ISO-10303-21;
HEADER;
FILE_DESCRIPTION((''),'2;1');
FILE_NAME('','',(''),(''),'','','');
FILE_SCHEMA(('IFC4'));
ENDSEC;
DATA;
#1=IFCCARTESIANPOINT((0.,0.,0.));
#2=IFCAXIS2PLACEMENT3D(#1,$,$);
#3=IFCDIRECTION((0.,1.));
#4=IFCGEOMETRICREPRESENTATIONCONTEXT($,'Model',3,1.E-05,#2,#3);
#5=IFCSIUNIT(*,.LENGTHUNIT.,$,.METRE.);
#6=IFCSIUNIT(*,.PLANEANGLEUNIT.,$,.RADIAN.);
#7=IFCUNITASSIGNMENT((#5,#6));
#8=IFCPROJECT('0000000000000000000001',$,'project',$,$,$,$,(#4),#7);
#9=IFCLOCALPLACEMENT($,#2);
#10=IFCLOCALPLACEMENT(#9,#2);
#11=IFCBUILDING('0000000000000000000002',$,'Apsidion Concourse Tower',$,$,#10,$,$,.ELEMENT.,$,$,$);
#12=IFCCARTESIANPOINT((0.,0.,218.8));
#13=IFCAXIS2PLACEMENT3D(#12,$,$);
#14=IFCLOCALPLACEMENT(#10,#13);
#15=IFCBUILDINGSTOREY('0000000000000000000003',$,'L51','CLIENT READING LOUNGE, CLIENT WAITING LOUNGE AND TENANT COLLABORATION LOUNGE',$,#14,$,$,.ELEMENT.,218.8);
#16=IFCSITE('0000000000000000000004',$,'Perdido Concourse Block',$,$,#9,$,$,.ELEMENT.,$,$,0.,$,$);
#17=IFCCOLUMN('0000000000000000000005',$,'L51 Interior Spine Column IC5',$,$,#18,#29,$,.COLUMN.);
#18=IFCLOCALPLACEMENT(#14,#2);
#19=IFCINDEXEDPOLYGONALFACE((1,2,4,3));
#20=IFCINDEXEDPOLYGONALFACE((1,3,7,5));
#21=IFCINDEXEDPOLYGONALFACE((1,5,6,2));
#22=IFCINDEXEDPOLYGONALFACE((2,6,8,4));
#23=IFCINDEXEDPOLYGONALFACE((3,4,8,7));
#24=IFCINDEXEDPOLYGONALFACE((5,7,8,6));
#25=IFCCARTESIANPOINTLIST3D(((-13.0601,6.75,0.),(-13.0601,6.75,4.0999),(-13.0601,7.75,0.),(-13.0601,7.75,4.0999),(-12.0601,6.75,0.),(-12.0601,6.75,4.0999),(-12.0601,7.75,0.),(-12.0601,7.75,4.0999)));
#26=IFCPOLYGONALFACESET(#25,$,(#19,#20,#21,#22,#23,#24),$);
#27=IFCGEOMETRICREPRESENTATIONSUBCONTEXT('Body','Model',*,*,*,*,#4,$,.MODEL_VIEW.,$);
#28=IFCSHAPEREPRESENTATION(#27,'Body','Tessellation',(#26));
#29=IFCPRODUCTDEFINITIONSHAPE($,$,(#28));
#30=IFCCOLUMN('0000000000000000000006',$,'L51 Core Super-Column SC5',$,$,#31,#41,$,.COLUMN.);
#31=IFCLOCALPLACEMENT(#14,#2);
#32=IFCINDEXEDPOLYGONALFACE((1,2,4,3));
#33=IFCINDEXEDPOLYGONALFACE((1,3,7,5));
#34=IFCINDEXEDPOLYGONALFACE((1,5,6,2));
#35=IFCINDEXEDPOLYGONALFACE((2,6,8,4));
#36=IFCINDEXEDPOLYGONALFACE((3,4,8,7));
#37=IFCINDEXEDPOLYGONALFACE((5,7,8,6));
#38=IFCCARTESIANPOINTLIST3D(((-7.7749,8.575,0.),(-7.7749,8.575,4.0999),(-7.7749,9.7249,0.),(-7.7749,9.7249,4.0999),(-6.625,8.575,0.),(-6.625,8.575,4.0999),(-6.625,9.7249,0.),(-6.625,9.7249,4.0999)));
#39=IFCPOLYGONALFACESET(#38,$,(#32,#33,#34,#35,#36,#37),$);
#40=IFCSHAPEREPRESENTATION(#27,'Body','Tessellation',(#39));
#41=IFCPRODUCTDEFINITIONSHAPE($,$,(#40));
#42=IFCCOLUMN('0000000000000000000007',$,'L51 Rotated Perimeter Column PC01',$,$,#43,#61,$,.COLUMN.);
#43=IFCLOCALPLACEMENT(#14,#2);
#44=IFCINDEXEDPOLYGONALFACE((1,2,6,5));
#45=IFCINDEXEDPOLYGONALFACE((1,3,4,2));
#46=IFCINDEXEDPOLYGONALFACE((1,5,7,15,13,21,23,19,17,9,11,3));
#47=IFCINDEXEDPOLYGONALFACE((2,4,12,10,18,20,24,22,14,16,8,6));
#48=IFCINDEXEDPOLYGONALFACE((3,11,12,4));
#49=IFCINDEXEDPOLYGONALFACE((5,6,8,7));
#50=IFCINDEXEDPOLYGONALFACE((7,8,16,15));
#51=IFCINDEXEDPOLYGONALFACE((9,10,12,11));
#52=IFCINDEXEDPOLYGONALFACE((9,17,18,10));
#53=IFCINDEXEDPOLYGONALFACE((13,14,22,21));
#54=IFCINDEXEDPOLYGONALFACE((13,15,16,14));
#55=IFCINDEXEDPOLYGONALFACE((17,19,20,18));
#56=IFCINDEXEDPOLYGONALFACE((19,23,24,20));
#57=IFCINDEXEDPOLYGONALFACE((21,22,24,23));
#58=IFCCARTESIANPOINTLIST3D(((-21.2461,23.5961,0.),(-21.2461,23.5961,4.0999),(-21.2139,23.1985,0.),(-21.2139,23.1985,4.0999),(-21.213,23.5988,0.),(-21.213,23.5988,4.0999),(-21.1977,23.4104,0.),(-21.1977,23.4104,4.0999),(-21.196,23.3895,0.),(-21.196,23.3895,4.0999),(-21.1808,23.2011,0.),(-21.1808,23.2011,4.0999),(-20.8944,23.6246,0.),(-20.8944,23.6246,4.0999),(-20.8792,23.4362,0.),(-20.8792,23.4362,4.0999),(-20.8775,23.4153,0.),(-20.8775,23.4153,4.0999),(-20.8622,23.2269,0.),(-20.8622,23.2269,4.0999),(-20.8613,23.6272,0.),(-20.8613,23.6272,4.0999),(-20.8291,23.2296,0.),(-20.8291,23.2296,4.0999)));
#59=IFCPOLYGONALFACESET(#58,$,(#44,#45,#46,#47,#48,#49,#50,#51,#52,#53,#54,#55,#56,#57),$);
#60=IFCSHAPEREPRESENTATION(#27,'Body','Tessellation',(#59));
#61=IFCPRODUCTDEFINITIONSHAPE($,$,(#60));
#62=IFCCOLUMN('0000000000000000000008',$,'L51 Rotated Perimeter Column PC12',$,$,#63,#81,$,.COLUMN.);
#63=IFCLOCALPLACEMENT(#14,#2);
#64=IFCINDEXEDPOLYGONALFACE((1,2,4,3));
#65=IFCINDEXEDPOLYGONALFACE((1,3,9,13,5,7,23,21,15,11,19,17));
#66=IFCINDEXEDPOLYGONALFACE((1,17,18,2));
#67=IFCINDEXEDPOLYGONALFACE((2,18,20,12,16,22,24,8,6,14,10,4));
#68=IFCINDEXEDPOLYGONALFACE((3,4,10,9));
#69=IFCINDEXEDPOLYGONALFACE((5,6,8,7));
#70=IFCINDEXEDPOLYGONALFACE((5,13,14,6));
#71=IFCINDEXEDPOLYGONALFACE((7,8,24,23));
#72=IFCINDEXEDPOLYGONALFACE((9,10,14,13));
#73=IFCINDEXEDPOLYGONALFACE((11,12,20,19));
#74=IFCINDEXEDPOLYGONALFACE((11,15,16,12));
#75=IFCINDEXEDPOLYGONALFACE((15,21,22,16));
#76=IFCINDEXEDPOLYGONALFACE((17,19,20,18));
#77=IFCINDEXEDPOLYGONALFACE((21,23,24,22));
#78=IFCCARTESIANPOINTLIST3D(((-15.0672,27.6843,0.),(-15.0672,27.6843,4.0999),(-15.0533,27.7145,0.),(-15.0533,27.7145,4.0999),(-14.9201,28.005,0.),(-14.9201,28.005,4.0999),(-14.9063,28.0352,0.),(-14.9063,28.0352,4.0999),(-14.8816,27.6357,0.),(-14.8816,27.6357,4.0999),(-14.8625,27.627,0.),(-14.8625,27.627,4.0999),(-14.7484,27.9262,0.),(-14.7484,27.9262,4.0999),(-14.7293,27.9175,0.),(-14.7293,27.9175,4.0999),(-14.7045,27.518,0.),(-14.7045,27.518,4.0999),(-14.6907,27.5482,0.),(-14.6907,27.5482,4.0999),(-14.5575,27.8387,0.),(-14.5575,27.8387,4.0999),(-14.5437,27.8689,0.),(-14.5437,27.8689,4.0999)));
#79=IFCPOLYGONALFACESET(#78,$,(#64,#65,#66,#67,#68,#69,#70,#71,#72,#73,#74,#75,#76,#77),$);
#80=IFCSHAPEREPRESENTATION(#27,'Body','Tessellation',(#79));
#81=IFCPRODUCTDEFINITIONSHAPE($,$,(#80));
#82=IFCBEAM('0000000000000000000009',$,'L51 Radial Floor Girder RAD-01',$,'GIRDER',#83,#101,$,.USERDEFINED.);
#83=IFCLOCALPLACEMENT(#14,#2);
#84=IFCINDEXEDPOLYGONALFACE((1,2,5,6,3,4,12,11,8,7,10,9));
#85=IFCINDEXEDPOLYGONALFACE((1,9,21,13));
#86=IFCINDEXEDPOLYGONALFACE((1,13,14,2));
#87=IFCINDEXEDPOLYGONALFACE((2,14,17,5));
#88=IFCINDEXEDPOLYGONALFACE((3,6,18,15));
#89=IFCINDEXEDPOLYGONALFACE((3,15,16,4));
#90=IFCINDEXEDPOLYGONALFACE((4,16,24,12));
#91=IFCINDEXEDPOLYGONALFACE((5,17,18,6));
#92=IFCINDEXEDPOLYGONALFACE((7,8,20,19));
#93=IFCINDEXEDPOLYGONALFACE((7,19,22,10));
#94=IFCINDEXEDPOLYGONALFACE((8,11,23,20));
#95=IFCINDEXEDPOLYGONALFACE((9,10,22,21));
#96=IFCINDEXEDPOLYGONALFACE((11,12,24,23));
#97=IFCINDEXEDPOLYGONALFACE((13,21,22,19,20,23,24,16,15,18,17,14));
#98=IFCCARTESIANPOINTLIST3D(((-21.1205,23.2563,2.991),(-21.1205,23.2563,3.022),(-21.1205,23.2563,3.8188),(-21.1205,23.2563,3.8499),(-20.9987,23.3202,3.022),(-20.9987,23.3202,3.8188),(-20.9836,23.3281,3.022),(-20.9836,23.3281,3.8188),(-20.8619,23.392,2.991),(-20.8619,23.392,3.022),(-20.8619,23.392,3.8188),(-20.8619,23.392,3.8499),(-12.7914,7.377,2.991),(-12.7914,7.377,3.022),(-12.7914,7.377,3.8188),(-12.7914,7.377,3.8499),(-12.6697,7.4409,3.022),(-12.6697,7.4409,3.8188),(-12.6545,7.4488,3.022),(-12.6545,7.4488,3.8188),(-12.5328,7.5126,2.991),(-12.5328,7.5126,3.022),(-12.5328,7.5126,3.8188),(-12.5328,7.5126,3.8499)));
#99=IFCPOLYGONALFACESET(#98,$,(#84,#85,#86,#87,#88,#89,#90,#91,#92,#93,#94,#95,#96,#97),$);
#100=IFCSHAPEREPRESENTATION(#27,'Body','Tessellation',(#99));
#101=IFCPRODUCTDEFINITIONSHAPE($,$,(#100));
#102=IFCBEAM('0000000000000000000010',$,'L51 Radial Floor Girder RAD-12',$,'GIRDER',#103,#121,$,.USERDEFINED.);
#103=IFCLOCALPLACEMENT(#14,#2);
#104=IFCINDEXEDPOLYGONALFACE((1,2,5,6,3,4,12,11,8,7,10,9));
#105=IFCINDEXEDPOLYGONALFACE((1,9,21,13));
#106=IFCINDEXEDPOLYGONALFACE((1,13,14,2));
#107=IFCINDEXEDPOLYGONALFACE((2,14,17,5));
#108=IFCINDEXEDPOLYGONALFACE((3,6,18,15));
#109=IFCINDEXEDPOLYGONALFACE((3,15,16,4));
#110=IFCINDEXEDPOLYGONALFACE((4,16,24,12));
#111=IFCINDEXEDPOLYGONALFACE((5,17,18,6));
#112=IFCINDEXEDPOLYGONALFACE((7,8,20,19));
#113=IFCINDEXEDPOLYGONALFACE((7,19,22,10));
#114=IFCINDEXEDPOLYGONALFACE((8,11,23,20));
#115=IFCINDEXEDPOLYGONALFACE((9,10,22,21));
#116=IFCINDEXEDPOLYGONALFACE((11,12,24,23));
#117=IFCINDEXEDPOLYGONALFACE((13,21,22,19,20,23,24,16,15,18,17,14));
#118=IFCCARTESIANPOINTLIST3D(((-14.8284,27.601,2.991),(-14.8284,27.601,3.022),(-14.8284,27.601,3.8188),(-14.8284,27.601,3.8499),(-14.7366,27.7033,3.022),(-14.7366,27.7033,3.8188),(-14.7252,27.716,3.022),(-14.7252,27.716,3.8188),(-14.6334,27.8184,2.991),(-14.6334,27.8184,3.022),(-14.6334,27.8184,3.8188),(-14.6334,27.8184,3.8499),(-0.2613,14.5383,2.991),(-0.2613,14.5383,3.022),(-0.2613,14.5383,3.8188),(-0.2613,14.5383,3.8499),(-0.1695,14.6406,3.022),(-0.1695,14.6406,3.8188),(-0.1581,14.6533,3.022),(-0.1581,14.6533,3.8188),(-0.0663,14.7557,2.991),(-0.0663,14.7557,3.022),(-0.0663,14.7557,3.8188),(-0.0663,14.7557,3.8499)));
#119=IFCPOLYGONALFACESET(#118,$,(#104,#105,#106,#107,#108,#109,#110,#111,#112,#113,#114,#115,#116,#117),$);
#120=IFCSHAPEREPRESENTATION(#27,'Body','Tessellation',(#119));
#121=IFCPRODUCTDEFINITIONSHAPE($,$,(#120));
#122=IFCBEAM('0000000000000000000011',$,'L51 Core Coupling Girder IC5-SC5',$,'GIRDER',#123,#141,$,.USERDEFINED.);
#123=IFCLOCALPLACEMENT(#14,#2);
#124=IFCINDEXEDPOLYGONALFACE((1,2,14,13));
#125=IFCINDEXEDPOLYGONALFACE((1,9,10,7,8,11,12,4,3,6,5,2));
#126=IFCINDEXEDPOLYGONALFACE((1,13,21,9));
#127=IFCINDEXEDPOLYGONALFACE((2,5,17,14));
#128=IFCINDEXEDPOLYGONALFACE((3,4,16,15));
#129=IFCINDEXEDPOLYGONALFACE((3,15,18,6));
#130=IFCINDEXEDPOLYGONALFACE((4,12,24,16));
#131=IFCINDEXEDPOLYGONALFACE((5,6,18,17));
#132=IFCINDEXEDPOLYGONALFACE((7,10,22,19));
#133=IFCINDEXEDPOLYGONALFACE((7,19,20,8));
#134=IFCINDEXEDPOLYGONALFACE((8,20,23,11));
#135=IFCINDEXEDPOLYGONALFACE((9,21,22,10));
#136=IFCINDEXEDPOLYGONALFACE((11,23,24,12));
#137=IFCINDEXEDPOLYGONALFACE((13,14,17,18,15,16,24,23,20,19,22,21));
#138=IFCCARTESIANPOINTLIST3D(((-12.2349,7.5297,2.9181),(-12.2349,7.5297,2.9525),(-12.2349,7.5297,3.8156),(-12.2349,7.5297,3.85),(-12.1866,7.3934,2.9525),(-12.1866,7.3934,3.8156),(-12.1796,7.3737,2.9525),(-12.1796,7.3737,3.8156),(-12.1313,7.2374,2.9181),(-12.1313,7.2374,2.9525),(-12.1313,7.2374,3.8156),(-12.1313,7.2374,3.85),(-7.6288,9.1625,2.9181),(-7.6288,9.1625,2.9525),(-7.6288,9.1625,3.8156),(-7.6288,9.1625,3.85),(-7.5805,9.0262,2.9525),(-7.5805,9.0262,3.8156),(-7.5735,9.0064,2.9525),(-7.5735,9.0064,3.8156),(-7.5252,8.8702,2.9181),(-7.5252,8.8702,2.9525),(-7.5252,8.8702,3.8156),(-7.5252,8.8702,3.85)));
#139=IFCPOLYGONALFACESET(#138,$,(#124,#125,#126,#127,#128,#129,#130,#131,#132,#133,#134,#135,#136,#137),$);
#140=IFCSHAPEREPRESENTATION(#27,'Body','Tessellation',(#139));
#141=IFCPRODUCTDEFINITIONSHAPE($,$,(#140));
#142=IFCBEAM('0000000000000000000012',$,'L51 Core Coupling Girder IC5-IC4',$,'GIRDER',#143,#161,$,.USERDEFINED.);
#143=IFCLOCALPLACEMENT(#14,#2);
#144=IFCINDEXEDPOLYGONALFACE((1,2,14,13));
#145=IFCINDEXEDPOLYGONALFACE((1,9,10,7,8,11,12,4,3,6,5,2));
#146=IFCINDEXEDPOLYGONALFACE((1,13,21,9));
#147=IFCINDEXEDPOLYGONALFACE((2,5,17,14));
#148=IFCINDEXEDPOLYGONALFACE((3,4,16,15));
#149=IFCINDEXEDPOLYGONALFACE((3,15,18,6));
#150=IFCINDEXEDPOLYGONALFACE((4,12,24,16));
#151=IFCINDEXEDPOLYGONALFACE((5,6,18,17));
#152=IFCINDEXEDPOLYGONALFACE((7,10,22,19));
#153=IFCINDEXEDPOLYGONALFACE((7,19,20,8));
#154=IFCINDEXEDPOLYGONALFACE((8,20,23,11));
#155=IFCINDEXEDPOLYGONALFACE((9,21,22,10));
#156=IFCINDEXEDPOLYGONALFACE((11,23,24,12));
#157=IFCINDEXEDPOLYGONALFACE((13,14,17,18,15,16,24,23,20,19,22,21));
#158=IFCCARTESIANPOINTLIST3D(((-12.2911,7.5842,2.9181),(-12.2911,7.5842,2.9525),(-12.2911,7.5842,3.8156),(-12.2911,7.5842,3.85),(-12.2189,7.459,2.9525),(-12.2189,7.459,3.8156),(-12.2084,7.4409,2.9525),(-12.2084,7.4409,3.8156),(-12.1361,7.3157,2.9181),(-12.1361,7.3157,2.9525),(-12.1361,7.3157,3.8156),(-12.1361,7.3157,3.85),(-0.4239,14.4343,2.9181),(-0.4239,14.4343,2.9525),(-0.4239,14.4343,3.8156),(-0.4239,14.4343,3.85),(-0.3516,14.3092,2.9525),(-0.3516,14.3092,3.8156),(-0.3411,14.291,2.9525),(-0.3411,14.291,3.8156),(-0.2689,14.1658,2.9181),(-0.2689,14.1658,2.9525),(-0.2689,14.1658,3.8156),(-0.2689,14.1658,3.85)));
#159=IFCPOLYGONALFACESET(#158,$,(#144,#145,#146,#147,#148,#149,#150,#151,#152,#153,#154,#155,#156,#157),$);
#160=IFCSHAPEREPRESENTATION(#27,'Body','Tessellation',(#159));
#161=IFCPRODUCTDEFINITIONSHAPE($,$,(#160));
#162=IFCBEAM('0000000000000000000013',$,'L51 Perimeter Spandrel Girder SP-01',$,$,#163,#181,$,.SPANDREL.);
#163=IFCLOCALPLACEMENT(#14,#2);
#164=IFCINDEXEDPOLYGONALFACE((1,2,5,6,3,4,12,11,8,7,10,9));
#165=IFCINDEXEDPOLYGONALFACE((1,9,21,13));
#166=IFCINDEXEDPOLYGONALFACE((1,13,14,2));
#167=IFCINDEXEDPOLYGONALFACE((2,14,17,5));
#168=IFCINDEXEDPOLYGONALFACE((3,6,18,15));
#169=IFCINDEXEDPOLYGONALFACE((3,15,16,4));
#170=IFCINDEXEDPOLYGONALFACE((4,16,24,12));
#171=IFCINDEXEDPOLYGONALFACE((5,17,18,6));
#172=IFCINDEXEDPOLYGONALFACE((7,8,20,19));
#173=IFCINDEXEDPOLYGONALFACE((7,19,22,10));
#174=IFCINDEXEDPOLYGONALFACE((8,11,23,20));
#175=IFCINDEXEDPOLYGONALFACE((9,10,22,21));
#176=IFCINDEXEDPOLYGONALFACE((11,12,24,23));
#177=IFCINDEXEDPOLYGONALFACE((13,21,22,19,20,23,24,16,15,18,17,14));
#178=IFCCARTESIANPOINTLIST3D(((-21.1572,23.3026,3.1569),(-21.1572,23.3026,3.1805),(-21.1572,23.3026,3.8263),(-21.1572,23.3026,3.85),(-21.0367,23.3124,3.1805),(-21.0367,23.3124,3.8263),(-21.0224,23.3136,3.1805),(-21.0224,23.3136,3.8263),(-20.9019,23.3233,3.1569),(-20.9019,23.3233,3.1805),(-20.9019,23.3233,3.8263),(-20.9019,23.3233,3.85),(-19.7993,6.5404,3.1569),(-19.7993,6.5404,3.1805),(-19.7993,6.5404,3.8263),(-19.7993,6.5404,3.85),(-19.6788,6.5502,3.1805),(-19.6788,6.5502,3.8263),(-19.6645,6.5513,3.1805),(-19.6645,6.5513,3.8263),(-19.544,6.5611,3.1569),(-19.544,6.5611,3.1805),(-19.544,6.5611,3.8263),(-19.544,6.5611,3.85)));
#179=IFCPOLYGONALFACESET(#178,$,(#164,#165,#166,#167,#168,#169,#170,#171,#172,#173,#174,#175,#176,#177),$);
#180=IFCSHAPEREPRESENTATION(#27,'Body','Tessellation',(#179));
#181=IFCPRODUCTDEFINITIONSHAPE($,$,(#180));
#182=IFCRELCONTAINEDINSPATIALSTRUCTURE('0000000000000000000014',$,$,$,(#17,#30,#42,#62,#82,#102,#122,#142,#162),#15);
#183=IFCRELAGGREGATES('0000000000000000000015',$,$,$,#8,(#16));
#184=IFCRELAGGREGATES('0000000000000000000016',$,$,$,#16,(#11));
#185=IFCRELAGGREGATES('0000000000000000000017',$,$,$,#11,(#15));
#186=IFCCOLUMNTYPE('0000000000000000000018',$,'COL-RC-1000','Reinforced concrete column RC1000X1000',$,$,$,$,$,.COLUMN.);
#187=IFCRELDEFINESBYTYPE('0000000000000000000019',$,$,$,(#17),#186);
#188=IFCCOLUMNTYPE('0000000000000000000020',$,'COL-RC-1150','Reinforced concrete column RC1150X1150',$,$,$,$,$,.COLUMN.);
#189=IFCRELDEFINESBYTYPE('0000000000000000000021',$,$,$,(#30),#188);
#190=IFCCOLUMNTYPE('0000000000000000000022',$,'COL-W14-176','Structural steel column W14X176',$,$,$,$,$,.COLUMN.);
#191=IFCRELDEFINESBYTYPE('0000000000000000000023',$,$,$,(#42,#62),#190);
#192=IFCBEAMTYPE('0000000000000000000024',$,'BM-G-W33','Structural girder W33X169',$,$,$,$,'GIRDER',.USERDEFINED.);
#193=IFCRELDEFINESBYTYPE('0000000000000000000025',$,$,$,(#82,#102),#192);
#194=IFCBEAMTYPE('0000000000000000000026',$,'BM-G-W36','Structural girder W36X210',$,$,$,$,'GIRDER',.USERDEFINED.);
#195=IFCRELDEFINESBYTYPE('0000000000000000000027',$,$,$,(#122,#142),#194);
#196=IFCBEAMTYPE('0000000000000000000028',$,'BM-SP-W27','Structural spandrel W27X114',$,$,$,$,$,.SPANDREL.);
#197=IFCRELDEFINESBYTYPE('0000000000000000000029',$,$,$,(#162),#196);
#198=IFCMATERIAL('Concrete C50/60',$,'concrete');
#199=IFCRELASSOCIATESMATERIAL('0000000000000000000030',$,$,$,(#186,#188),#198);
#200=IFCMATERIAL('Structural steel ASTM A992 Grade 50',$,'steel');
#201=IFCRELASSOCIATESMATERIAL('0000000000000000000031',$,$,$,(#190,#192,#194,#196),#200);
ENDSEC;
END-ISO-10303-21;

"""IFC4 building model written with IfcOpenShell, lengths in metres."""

from ifc_helpers import new_model, si_unit, direction, frame, origin, origin_2d, place, context, subcontext, project, spatial, rectangle, i_section, extrude, material, material_profile, profile_set, type_object, element, save


model = new_model("IFC4")

# Units and contexts
model_context = context("Model", 3, precision=1e-05, world=origin(), true_north=direction((0.0, 1.0)))
body_context = subcontext(model_context, "Body", "Model", "MODEL_VIEW")
ifc_project = project(units=[si_unit("LENGTHUNIT", "METRE"), si_unit("PLANEANGLEUNIT", "RADIAN")], contexts=[model_context])

# Site, building, storey
site_placement = place(None, origin())
site = spatial("IfcSite", under=ifc_project, at=site_placement, Name="Perdido Concourse Block", CompositionType="ELEMENT", RefElevation=0.0)
building_placement = place(site_placement, origin())
building = spatial("IfcBuilding", under=site, at=building_placement, Name="Apsidion Concourse Tower", CompositionType="ELEMENT")
storey_placement = place(building_placement, frame((0.0, 0.0, 218.8)))
storey = spatial("IfcBuildingStorey", under=building, at=storey_placement, Name="L51", Description="CLIENT READING LOUNGE, CLIENT WAITING LOUNGE AND TENANT COLLABORATION LOUNGE", CompositionType="ELEMENT", Elevation=218.8)

# Columns
ifc_material_1 = material(Name="Concrete C50/60", Category="concrete")
ifc_material_profile_1 = material_profile(ifc_material_1, rectangle(XDim=1.0, YDim=1.0, at=origin_2d()), Name="RC 1000x1000")
ifc_profile_set_1 = profile_set([ifc_material_profile_1], Name="Concrete C50/60")
column_type_1 = type_object("IfcColumnType", Name="COL-RC-1000", Description="Reinforced concrete column RC1000X1000", PredefinedType="COLUMN", material=ifc_profile_set_1)
column_1_placement = place(storey_placement, frame((-12.5601, 7.25, 0.0), z_axis=(0.0, 0.0, 1.0), x_axis=(1.0, 0.0, 0.0)))
element("IfcColumn", 1, at=column_1_placement, inside=storey, type_object=column_type_1, Name="L51 Interior Spine Column IC5", PredefinedType="COLUMN", context=body_context, shape_type="SweptSolid", body=[
    extrude(rectangle(XDim=1.0, YDim=1.0, at=origin_2d()), origin(), (0.0, 0.0, 1.0), 4.0999),
])
ifc_material_profile_2 = material_profile(ifc_material_1, rectangle(XDim=1.1499, YDim=1.1499, at=origin_2d()), Name="RC 1150x1150")
ifc_profile_set_2 = profile_set([ifc_material_profile_2], Name="Concrete C50/60")
column_type_2 = type_object("IfcColumnType", Name="COL-RC-1150", Description="Reinforced concrete column RC1150X1150", PredefinedType="COLUMN", material=ifc_profile_set_2)
column_2_placement = place(storey_placement, frame((-7.2, 9.1499, 0.0), z_axis=(0.0, 0.0, 1.0), x_axis=(1.0, 0.0, 0.0)))
element("IfcColumn", 2, at=column_2_placement, inside=storey, type_object=column_type_2, Name="L51 Core Super-Column SC5", PredefinedType="COLUMN", context=body_context, shape_type="SweptSolid", body=[
    extrude(rectangle(XDim=1.1499, YDim=1.1499, at=origin_2d()), origin(), (0.0, 0.0, 1.0), 4.0999),
])
ifc_material_2 = material(Name="Structural steel ASTM A992 Grade 50", Category="steel")
ifc_material_profile_3 = material_profile(ifc_material_2, i_section(OverallWidth=0.3989, OverallDepth=0.386, WebThickness=0.021, FlangeThickness=0.0332, at=origin_2d()), Name="W14X176")
ifc_profile_set_3 = profile_set([ifc_material_profile_3], Name="Structural steel ASTM A992 Grade 50")
column_type_3 = type_object("IfcColumnType", Name="COL-W14-176", Description="Structural steel column W14X176", PredefinedType="COLUMN", material=ifc_profile_set_3)
for number, where, z_axis, x_axis, name in (
    (3, (-21.0376, 23.4128, 0.0), (0.0, 0.0, 1.0), (-0.080721, 0.996737, 0.0), "L51 Rotated Perimeter Column PC01"),
    (4, (-14.8054, 27.7766, 0.0), (0.0, 0.0, 1.0), (-0.909018, 0.416757, 0.0), "L51 Rotated Perimeter Column PC12"),
):
    element("IfcColumn", number, at=place(storey_placement, frame(where, z_axis=z_axis, x_axis=x_axis)), inside=storey, type_object=column_type_3, Name=name, PredefinedType="COLUMN", context=body_context, shape_type="SweptSolid", body=[
        extrude(i_section(OverallWidth=0.3989, OverallDepth=0.386, WebThickness=0.021, FlangeThickness=0.0332, at=origin_2d()), origin(), (0.0, 0.0, 1.0), 4.0999),
    ])

# Beams
ifc_material_profile_4 = material_profile(ifc_material_2, i_section(OverallWidth=0.292, OverallDepth=0.8589, WebThickness=0.0171, FlangeThickness=0.031, at=origin_2d()), Name="W33X169")
ifc_profile_set_4 = profile_set([ifc_material_profile_4], Name="Structural steel ASTM A992 Grade 50")
beam_type_1 = type_object("IfcBeamType", Name="BM-G-W33", Description="Structural girder W33X169", ElementType="GIRDER", PredefinedType="USERDEFINED", material=ifc_profile_set_4)
beam_1_placement = place(storey_placement, frame((-12.6621, 7.4448, 3.4204), z_axis=(-0.464502, 0.885572, 0.0), x_axis=(-0.885572, -0.464502, 0.0)))
element("IfcBeam", 5, at=beam_1_placement, inside=storey, type_object=beam_type_1, Name="L51 Radial Floor Girder RAD-01", ObjectType="GIRDER", PredefinedType="USERDEFINED", context=body_context, shape_type="SweptSolid", body=[
    extrude(i_section(OverallWidth=0.292, OverallDepth=0.8589, WebThickness=0.0171, FlangeThickness=0.031, at=origin_2d()), origin(), (0.0, 0.0, 1.0), 17.9312),
])
beam_2_placement = place(storey_placement, frame((-0.1638, 14.647, 3.4204), z_axis=(-0.744505, 0.667617, 0.0), x_axis=(-0.667617, -0.744505, 0.0)))
element("IfcBeam", 6, at=beam_2_placement, inside=storey, type_object=beam_type_1, Name="L51 Radial Floor Girder RAD-12", ObjectType="GIRDER", PredefinedType="USERDEFINED", context=body_context, shape_type="SweptSolid", body=[
    extrude(i_section(OverallWidth=0.292, OverallDepth=0.8589, WebThickness=0.0171, FlangeThickness=0.031, at=origin_2d()), origin(), (0.0, 0.0, 1.0), 19.5662),
])
ifc_material_profile_5 = material_profile(ifc_material_2, i_section(OverallWidth=0.3101, OverallDepth=0.9319, WebThickness=0.021, FlangeThickness=0.0344, at=origin_2d()), Name="W36X210")
ifc_profile_set_5 = profile_set([ifc_material_profile_5], Name="Structural steel ASTM A992 Grade 50")
beam_type_2 = type_object("IfcBeamType", Name="BM-G-W36", Description="Structural girder W36X210", ElementType="GIRDER", PredefinedType="USERDEFINED", material=ifc_profile_set_5)
beam_3_placement = place(storey_placement, frame((-12.1831, 7.3835, 3.384), z_axis=(0.942534, 0.334111, 0.0), x_axis=(-0.334111, 0.942534, 0.0)))
element("IfcBeam", 7, at=beam_3_placement, inside=storey, type_object=beam_type_2, Name="L51 Core Coupling Girder IC5-SC5", ObjectType="GIRDER", PredefinedType="USERDEFINED", context=body_context, shape_type="SweptSolid", body=[
    extrude(i_section(OverallWidth=0.3101, OverallDepth=0.9319, WebThickness=0.021, FlangeThickness=0.0344, at=origin_2d()), origin(), (0.0, 0.0, 1.0), 4.887),
])
beam_4_placement = place(storey_placement, frame((-12.2136, 7.45, 3.384), z_axis=(0.86607, 0.499922, 0.0), x_axis=(-0.499922, 0.86607, 0.0)))
element("IfcBeam", 8, at=beam_4_placement, inside=storey, type_object=beam_type_2, Name="L51 Core Coupling Girder IC5-IC4", ObjectType="GIRDER", PredefinedType="USERDEFINED", context=body_context, shape_type="SweptSolid", body=[
    extrude(i_section(OverallWidth=0.3101, OverallDepth=0.9319, WebThickness=0.021, FlangeThickness=0.0344, at=origin_2d()), origin(), (0.0, 0.0, 1.0), 13.7024),
])
ifc_material_profile_6 = material_profile(ifc_material_2, i_section(OverallWidth=0.2561, OverallDepth=0.6931, WebThickness=0.0144, FlangeThickness=0.0237, at=origin_2d()), Name="W27X114")
ifc_profile_set_6 = profile_set([ifc_material_profile_6], Name="Structural steel ASTM A992 Grade 50")
beam_type_3 = type_object("IfcBeamType", Name="BM-SP-W27", Description="Structural spandrel W27X114", PredefinedType="SPANDREL", material=ifc_profile_set_6)
beam_5_placement = place(storey_placement, frame((-21.0295, 23.313, 3.5034), z_axis=(0.080746, -0.996735, 0.0), x_axis=(0.996735, 0.080746, 0.0)))
element("IfcBeam", 9, at=beam_5_placement, inside=storey, type_object=beam_type_3, Name="L51 Perimeter Spandrel Girder SP-01", PredefinedType="SPANDREL", context=body_context, shape_type="SweptSolid", body=[
    extrude(i_section(OverallWidth=0.2561, OverallDepth=0.6931, WebThickness=0.0144, FlangeThickness=0.0237, at=origin_2d()), origin(), (0.0, 0.0, 1.0), 16.8171),
])

save(model, "model.ifc")
